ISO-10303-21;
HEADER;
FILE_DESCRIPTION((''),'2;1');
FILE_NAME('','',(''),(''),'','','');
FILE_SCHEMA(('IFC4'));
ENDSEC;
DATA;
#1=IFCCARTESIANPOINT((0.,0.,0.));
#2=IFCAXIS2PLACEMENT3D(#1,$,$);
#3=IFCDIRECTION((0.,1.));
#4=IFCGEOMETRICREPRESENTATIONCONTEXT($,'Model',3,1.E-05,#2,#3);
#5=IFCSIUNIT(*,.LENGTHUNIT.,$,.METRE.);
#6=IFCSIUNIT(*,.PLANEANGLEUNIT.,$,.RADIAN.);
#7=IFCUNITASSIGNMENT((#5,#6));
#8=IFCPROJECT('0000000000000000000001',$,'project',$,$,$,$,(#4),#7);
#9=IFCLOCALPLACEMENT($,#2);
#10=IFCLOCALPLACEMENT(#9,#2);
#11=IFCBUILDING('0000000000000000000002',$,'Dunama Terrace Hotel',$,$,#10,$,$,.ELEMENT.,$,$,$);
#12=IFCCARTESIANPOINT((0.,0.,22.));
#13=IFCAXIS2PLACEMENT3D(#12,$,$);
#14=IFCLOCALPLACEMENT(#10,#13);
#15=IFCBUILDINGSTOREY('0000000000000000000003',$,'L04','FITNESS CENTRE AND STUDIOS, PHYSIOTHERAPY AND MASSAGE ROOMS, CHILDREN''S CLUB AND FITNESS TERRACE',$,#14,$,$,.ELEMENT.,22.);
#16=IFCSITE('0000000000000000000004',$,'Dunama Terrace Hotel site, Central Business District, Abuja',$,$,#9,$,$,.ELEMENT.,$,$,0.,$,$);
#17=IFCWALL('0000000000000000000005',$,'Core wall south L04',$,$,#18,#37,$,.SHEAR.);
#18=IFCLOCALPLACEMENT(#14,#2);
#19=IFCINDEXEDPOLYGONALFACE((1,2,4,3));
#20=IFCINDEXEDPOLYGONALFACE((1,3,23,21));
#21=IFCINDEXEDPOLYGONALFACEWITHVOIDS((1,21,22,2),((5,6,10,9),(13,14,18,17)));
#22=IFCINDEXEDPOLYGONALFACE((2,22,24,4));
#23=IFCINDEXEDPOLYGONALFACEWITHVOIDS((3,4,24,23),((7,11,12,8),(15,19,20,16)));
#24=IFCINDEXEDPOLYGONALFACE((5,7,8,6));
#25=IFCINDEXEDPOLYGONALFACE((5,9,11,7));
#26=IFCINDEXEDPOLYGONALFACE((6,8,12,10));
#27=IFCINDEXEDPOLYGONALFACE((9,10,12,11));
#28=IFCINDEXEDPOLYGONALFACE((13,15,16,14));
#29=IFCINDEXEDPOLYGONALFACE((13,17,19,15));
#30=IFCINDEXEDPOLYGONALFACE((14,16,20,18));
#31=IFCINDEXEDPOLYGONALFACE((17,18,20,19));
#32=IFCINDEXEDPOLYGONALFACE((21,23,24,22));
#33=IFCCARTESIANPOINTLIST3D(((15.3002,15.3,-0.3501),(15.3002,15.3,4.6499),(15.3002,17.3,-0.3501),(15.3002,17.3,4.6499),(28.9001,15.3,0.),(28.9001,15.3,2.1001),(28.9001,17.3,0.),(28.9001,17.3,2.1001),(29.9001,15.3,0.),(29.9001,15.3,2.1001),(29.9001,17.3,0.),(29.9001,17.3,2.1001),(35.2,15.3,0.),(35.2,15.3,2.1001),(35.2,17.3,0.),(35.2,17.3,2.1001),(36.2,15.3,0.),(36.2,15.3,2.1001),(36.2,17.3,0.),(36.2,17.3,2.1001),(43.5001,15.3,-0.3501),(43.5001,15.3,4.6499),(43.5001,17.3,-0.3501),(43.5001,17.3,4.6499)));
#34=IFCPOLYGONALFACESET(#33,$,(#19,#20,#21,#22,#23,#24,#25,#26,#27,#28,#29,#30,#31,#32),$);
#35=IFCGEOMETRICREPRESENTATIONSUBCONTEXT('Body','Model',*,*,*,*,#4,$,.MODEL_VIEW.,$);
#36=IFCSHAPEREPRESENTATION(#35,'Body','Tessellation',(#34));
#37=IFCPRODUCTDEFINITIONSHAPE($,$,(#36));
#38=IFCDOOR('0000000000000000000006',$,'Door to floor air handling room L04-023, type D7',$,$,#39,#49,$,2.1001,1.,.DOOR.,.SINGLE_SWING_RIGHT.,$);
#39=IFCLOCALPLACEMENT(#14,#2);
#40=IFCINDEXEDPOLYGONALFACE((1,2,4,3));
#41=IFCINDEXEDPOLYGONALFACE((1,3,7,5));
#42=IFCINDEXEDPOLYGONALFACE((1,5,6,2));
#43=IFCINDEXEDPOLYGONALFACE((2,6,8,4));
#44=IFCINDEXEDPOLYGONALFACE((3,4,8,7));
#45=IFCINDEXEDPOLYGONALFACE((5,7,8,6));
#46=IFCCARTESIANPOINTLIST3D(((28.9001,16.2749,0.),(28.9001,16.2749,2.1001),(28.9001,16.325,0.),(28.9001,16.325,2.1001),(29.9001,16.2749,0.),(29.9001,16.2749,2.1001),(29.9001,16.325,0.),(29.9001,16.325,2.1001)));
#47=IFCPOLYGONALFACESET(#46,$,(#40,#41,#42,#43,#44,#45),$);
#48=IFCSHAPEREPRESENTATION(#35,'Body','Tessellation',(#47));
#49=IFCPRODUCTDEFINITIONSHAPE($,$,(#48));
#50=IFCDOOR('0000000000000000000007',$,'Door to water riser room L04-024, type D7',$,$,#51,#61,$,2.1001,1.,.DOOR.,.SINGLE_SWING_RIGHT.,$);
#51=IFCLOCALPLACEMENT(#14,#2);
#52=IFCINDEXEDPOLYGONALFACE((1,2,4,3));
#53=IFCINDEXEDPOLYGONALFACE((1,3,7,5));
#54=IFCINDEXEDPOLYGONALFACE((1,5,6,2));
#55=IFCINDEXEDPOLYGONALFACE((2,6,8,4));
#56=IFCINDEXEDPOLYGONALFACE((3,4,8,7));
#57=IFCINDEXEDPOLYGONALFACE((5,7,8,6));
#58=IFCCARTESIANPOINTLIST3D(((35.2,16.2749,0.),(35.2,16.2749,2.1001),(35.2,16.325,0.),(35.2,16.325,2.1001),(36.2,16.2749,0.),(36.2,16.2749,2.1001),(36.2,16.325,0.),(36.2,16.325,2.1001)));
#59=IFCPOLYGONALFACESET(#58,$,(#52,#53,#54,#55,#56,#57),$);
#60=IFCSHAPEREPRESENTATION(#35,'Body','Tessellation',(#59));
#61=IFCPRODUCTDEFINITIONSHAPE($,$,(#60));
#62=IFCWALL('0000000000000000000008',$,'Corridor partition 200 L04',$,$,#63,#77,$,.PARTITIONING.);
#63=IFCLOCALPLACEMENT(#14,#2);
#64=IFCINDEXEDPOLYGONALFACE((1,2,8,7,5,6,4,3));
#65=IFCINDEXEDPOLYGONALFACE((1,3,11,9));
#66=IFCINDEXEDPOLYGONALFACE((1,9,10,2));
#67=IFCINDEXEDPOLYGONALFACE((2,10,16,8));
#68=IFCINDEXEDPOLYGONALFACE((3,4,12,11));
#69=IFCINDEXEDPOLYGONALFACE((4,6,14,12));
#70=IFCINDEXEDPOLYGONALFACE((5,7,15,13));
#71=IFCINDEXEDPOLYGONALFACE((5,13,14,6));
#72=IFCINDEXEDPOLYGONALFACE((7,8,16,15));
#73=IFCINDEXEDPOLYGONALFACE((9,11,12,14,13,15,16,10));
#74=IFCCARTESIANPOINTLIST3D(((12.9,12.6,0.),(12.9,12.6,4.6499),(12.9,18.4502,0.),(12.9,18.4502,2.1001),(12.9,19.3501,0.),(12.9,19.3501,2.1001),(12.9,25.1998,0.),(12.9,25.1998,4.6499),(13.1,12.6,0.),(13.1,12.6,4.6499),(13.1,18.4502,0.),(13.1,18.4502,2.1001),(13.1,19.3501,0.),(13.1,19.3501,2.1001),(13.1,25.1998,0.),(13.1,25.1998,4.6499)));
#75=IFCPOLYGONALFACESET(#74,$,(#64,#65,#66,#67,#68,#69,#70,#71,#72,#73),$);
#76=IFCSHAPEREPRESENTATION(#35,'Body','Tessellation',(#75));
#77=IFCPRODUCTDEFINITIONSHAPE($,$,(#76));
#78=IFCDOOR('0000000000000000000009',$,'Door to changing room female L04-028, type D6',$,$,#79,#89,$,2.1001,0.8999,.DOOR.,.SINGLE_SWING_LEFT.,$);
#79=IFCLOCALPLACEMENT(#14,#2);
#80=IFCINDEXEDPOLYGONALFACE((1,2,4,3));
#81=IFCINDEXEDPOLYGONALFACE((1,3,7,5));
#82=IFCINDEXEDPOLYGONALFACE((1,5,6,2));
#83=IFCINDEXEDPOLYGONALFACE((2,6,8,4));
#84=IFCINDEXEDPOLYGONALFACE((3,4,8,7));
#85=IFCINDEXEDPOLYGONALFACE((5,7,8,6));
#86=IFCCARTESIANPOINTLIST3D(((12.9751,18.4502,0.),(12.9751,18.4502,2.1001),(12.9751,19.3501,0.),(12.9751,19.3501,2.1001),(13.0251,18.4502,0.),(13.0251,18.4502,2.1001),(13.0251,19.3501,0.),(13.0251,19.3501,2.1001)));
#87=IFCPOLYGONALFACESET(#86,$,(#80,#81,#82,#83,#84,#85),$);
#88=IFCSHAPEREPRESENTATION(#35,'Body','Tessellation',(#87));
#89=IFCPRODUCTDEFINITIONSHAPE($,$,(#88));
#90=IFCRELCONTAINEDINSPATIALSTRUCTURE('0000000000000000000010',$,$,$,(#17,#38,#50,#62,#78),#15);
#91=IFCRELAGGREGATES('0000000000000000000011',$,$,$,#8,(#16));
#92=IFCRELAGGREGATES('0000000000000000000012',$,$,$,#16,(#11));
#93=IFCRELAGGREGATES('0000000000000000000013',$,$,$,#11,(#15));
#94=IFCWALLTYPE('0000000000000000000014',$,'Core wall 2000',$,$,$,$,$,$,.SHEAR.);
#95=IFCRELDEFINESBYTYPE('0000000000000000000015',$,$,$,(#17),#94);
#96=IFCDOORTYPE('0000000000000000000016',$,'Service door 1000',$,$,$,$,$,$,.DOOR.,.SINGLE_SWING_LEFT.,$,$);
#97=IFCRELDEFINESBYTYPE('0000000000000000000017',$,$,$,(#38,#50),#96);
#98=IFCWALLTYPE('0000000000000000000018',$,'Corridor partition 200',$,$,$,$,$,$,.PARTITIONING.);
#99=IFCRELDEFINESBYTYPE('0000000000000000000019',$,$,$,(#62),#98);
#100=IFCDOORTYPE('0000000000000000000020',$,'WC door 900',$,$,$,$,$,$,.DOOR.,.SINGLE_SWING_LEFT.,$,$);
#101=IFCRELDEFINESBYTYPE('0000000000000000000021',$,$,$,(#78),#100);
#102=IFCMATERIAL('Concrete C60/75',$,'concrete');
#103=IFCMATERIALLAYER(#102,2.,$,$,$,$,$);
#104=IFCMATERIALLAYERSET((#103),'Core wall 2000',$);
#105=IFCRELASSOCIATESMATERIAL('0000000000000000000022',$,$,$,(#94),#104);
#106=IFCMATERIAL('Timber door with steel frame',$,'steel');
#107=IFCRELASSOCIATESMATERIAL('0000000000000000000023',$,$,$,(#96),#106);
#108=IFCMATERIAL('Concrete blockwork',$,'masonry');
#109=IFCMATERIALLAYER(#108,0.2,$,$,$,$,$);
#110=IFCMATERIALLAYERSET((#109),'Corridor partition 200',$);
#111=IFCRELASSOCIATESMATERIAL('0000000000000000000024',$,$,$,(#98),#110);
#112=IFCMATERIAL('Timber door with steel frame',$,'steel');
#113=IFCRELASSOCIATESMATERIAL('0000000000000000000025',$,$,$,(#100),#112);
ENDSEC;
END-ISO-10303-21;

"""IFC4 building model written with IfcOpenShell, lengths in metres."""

from ifc_helpers import new_model, si_unit, direction, frame, frame_2d, origin, place, context, subcontext, project, spatial, rectangle, extrude, material, layer, layer_set, type_object, element, fill, save


model = new_model("IFC4")

# Units and contexts
model_context = context("Model", 3, precision=1e-05, world=origin(), true_north=direction((0.0, 1.0)))
body_context = subcontext(model_context, "Body", "Model", "MODEL_VIEW")
ifc_project = project(units=[si_unit("LENGTHUNIT", "METRE"), si_unit("PLANEANGLEUNIT", "RADIAN")], contexts=[model_context])

# Site, building, storey
site_placement = place(None, origin())
site = spatial("IfcSite", under=ifc_project, at=site_placement, Name="Dunama Terrace Hotel site, Central Business District, Abuja", CompositionType="ELEMENT", RefElevation=0.0)
building_placement = place(site_placement, origin())
building = spatial("IfcBuilding", under=site, at=building_placement, Name="Dunama Terrace Hotel", CompositionType="ELEMENT")
storey_placement = place(building_placement, frame((0.0, 0.0, 22.0)))
storey = spatial("IfcBuildingStorey", under=building, at=storey_placement, Name="L04", Description="FITNESS CENTRE AND STUDIOS, PHYSIOTHERAPY AND MASSAGE ROOMS, CHILDREN'S CLUB AND FITNESS TERRACE", CompositionType="ELEMENT", Elevation=22.0)

# Wall, openings, doors
ifc_material_1 = material(Name="Concrete C60/75", Category="concrete")
ifc_layer_1 = layer(ifc_material_1, 2.0)
ifc_layer_set_1 = layer_set([ifc_layer_1], Name="Core wall 2000")
wall_type_1 = type_object("IfcWallType", Name="Core wall 2000", PredefinedType="SHEAR", material=ifc_layer_set_1)
wall_1_placement = place(storey_placement, frame((15.3, 16.3, -0.3501), z_axis=(0.0, 0.0, 1.0), x_axis=(1.0, 0.0, 0.0)))
wall_1 = element("IfcWall", 1, at=wall_1_placement, inside=storey, type_object=wall_type_1, Name="Core wall south L04", PredefinedType="SHEAR", context=body_context, shape_type="SweptSolid", body=[
    extrude(rectangle(XDim=28.2, YDim=2.0, at=frame_2d((14.1001, 0.0))), origin(), (0.0, 0.0, 1.0), 5.0),
])
opening_1_placement = place(wall_1_placement, frame((13.6001, 0.0, 0.3501)))
opening_1 = element("IfcOpeningElement", 2, at=opening_1_placement, cuts=wall_1, PredefinedType="OPENING", context=body_context, shape_type="SweptSolid", body=[
    extrude(rectangle(XDim=1.0, YDim=2.1001, at=frame_2d((0.5, 1.05))), frame((0.0, 1.01, 0.0), z_axis=(0.0, -1.0, 0.0), x_axis=(1.0, 0.0, 0.0)), (0.0, 0.0, 1.0), 2.02),
])
opening_2_placement = place(wall_1_placement, frame((19.8999, 0.0, 0.3501)))
opening_2 = element("IfcOpeningElement", 3, at=opening_2_placement, cuts=wall_1, PredefinedType="OPENING", context=body_context, shape_type="SweptSolid", body=[
    extrude(rectangle(XDim=1.0, YDim=2.1001, at=frame_2d((0.5, 1.05))), frame((0.0, 1.01, 0.0), z_axis=(0.0, -1.0, 0.0), x_axis=(1.0, 0.0, 0.0)), (0.0, 0.0, 1.0), 2.02),
])
ifc_material_2 = material(Name="Timber door with steel frame", Category="steel")
door_type_1 = type_object("IfcDoorType", Name="Service door 1000", OperationType="SINGLE_SWING_LEFT", PredefinedType="DOOR", material=ifc_material_2)
door_1_placement = place(opening_1_placement, origin())
door_1 = element("IfcDoor", 4, at=door_1_placement, inside=storey, type_object=door_type_1, Name="Door to floor air handling room L04-023, type D7", OperationType="SINGLE_SWING_RIGHT", OverallHeight=2.1001, OverallWidth=1.0, PredefinedType="DOOR", context=body_context, shape_type="SweptSolid", body=[
    extrude(rectangle(XDim=1.0, YDim=2.1001, at=frame_2d((0.5, 1.05))), frame((0.0, 0.0249, 0.0), z_axis=(0.0, -1.0, 0.0), x_axis=(1.0, 0.0, 0.0)), (0.0, 0.0, 1.0), 0.05),
])
fill(opening_1, door_1)
door_2_placement = place(opening_2_placement, origin())
door_2 = element("IfcDoor", 5, at=door_2_placement, inside=storey, type_object=door_type_1, Name="Door to water riser room L04-024, type D7", OperationType="SINGLE_SWING_RIGHT", OverallHeight=2.1001, OverallWidth=1.0, PredefinedType="DOOR", context=body_context, shape_type="SweptSolid", body=[
    extrude(rectangle(XDim=1.0, YDim=2.1001, at=frame_2d((0.5, 1.05))), frame((0.0, 0.0249, 0.0), z_axis=(0.0, -1.0, 0.0), x_axis=(1.0, 0.0, 0.0)), (0.0, 0.0, 1.0), 0.05),
])
fill(opening_2, door_2)

# Wall, opening, door
ifc_material_3 = material(Name="Concrete blockwork", Category="masonry")
ifc_layer_2 = layer(ifc_material_3, 0.2)
ifc_layer_set_2 = layer_set([ifc_layer_2], Name="Corridor partition 200")
wall_type_2 = type_object("IfcWallType", Name="Corridor partition 200", PredefinedType="PARTITIONING", material=ifc_layer_set_2)
wall_2_placement = place(storey_placement, frame((13.0, 12.6001, 0.0), z_axis=(0.0, 0.0, 1.0), x_axis=(0.0, 1.0, 0.0)))
wall_2 = element("IfcWall", 6, at=wall_2_placement, inside=storey, type_object=wall_type_2, Name="Corridor partition 200 L04", PredefinedType="PARTITIONING", context=body_context, shape_type="SweptSolid", body=[
    extrude(rectangle(XDim=12.5999, YDim=0.2, at=frame_2d((6.2998, 0.0))), origin(), (0.0, 0.0, 1.0), 4.6499),
])
opening_3_placement = place(wall_2_placement, frame((5.8501, 0.0, 0.0)))
opening_3 = element("IfcOpeningElement", 7, at=opening_3_placement, cuts=wall_2, PredefinedType="OPENING", context=body_context, shape_type="SweptSolid", body=[
    extrude(rectangle(XDim=0.8999, YDim=2.1001, at=frame_2d((0.45, 1.05))), frame((0.0, 0.1099, 0.0), z_axis=(0.0, -1.0, 0.0), x_axis=(1.0, 0.0, 0.0)), (0.0, 0.0, 1.0), 0.22),
])
ifc_material_4 = material(Name="Timber door with steel frame", Category="steel")
door_type_2 = type_object("IfcDoorType", Name="WC door 900", OperationType="SINGLE_SWING_LEFT", PredefinedType="DOOR", material=ifc_material_4)
door_3_placement = place(opening_3_placement, origin())
door_3 = element("IfcDoor", 8, at=door_3_placement, inside=storey, type_object=door_type_2, Name="Door to changing room female L04-028, type D6", OperationType="SINGLE_SWING_LEFT", OverallHeight=2.1001, OverallWidth=0.8999, PredefinedType="DOOR", context=body_context, shape_type="SweptSolid", body=[
    extrude(rectangle(XDim=0.8999, YDim=2.1001, at=frame_2d((0.45, 1.05))), frame((0.0, 0.0249, 0.0), z_axis=(0.0, -1.0, 0.0), x_axis=(1.0, 0.0, 0.0)), (0.0, 0.0, 1.0), 0.05),
])
fill(opening_3, door_3)

save(model, "model.ifc")
